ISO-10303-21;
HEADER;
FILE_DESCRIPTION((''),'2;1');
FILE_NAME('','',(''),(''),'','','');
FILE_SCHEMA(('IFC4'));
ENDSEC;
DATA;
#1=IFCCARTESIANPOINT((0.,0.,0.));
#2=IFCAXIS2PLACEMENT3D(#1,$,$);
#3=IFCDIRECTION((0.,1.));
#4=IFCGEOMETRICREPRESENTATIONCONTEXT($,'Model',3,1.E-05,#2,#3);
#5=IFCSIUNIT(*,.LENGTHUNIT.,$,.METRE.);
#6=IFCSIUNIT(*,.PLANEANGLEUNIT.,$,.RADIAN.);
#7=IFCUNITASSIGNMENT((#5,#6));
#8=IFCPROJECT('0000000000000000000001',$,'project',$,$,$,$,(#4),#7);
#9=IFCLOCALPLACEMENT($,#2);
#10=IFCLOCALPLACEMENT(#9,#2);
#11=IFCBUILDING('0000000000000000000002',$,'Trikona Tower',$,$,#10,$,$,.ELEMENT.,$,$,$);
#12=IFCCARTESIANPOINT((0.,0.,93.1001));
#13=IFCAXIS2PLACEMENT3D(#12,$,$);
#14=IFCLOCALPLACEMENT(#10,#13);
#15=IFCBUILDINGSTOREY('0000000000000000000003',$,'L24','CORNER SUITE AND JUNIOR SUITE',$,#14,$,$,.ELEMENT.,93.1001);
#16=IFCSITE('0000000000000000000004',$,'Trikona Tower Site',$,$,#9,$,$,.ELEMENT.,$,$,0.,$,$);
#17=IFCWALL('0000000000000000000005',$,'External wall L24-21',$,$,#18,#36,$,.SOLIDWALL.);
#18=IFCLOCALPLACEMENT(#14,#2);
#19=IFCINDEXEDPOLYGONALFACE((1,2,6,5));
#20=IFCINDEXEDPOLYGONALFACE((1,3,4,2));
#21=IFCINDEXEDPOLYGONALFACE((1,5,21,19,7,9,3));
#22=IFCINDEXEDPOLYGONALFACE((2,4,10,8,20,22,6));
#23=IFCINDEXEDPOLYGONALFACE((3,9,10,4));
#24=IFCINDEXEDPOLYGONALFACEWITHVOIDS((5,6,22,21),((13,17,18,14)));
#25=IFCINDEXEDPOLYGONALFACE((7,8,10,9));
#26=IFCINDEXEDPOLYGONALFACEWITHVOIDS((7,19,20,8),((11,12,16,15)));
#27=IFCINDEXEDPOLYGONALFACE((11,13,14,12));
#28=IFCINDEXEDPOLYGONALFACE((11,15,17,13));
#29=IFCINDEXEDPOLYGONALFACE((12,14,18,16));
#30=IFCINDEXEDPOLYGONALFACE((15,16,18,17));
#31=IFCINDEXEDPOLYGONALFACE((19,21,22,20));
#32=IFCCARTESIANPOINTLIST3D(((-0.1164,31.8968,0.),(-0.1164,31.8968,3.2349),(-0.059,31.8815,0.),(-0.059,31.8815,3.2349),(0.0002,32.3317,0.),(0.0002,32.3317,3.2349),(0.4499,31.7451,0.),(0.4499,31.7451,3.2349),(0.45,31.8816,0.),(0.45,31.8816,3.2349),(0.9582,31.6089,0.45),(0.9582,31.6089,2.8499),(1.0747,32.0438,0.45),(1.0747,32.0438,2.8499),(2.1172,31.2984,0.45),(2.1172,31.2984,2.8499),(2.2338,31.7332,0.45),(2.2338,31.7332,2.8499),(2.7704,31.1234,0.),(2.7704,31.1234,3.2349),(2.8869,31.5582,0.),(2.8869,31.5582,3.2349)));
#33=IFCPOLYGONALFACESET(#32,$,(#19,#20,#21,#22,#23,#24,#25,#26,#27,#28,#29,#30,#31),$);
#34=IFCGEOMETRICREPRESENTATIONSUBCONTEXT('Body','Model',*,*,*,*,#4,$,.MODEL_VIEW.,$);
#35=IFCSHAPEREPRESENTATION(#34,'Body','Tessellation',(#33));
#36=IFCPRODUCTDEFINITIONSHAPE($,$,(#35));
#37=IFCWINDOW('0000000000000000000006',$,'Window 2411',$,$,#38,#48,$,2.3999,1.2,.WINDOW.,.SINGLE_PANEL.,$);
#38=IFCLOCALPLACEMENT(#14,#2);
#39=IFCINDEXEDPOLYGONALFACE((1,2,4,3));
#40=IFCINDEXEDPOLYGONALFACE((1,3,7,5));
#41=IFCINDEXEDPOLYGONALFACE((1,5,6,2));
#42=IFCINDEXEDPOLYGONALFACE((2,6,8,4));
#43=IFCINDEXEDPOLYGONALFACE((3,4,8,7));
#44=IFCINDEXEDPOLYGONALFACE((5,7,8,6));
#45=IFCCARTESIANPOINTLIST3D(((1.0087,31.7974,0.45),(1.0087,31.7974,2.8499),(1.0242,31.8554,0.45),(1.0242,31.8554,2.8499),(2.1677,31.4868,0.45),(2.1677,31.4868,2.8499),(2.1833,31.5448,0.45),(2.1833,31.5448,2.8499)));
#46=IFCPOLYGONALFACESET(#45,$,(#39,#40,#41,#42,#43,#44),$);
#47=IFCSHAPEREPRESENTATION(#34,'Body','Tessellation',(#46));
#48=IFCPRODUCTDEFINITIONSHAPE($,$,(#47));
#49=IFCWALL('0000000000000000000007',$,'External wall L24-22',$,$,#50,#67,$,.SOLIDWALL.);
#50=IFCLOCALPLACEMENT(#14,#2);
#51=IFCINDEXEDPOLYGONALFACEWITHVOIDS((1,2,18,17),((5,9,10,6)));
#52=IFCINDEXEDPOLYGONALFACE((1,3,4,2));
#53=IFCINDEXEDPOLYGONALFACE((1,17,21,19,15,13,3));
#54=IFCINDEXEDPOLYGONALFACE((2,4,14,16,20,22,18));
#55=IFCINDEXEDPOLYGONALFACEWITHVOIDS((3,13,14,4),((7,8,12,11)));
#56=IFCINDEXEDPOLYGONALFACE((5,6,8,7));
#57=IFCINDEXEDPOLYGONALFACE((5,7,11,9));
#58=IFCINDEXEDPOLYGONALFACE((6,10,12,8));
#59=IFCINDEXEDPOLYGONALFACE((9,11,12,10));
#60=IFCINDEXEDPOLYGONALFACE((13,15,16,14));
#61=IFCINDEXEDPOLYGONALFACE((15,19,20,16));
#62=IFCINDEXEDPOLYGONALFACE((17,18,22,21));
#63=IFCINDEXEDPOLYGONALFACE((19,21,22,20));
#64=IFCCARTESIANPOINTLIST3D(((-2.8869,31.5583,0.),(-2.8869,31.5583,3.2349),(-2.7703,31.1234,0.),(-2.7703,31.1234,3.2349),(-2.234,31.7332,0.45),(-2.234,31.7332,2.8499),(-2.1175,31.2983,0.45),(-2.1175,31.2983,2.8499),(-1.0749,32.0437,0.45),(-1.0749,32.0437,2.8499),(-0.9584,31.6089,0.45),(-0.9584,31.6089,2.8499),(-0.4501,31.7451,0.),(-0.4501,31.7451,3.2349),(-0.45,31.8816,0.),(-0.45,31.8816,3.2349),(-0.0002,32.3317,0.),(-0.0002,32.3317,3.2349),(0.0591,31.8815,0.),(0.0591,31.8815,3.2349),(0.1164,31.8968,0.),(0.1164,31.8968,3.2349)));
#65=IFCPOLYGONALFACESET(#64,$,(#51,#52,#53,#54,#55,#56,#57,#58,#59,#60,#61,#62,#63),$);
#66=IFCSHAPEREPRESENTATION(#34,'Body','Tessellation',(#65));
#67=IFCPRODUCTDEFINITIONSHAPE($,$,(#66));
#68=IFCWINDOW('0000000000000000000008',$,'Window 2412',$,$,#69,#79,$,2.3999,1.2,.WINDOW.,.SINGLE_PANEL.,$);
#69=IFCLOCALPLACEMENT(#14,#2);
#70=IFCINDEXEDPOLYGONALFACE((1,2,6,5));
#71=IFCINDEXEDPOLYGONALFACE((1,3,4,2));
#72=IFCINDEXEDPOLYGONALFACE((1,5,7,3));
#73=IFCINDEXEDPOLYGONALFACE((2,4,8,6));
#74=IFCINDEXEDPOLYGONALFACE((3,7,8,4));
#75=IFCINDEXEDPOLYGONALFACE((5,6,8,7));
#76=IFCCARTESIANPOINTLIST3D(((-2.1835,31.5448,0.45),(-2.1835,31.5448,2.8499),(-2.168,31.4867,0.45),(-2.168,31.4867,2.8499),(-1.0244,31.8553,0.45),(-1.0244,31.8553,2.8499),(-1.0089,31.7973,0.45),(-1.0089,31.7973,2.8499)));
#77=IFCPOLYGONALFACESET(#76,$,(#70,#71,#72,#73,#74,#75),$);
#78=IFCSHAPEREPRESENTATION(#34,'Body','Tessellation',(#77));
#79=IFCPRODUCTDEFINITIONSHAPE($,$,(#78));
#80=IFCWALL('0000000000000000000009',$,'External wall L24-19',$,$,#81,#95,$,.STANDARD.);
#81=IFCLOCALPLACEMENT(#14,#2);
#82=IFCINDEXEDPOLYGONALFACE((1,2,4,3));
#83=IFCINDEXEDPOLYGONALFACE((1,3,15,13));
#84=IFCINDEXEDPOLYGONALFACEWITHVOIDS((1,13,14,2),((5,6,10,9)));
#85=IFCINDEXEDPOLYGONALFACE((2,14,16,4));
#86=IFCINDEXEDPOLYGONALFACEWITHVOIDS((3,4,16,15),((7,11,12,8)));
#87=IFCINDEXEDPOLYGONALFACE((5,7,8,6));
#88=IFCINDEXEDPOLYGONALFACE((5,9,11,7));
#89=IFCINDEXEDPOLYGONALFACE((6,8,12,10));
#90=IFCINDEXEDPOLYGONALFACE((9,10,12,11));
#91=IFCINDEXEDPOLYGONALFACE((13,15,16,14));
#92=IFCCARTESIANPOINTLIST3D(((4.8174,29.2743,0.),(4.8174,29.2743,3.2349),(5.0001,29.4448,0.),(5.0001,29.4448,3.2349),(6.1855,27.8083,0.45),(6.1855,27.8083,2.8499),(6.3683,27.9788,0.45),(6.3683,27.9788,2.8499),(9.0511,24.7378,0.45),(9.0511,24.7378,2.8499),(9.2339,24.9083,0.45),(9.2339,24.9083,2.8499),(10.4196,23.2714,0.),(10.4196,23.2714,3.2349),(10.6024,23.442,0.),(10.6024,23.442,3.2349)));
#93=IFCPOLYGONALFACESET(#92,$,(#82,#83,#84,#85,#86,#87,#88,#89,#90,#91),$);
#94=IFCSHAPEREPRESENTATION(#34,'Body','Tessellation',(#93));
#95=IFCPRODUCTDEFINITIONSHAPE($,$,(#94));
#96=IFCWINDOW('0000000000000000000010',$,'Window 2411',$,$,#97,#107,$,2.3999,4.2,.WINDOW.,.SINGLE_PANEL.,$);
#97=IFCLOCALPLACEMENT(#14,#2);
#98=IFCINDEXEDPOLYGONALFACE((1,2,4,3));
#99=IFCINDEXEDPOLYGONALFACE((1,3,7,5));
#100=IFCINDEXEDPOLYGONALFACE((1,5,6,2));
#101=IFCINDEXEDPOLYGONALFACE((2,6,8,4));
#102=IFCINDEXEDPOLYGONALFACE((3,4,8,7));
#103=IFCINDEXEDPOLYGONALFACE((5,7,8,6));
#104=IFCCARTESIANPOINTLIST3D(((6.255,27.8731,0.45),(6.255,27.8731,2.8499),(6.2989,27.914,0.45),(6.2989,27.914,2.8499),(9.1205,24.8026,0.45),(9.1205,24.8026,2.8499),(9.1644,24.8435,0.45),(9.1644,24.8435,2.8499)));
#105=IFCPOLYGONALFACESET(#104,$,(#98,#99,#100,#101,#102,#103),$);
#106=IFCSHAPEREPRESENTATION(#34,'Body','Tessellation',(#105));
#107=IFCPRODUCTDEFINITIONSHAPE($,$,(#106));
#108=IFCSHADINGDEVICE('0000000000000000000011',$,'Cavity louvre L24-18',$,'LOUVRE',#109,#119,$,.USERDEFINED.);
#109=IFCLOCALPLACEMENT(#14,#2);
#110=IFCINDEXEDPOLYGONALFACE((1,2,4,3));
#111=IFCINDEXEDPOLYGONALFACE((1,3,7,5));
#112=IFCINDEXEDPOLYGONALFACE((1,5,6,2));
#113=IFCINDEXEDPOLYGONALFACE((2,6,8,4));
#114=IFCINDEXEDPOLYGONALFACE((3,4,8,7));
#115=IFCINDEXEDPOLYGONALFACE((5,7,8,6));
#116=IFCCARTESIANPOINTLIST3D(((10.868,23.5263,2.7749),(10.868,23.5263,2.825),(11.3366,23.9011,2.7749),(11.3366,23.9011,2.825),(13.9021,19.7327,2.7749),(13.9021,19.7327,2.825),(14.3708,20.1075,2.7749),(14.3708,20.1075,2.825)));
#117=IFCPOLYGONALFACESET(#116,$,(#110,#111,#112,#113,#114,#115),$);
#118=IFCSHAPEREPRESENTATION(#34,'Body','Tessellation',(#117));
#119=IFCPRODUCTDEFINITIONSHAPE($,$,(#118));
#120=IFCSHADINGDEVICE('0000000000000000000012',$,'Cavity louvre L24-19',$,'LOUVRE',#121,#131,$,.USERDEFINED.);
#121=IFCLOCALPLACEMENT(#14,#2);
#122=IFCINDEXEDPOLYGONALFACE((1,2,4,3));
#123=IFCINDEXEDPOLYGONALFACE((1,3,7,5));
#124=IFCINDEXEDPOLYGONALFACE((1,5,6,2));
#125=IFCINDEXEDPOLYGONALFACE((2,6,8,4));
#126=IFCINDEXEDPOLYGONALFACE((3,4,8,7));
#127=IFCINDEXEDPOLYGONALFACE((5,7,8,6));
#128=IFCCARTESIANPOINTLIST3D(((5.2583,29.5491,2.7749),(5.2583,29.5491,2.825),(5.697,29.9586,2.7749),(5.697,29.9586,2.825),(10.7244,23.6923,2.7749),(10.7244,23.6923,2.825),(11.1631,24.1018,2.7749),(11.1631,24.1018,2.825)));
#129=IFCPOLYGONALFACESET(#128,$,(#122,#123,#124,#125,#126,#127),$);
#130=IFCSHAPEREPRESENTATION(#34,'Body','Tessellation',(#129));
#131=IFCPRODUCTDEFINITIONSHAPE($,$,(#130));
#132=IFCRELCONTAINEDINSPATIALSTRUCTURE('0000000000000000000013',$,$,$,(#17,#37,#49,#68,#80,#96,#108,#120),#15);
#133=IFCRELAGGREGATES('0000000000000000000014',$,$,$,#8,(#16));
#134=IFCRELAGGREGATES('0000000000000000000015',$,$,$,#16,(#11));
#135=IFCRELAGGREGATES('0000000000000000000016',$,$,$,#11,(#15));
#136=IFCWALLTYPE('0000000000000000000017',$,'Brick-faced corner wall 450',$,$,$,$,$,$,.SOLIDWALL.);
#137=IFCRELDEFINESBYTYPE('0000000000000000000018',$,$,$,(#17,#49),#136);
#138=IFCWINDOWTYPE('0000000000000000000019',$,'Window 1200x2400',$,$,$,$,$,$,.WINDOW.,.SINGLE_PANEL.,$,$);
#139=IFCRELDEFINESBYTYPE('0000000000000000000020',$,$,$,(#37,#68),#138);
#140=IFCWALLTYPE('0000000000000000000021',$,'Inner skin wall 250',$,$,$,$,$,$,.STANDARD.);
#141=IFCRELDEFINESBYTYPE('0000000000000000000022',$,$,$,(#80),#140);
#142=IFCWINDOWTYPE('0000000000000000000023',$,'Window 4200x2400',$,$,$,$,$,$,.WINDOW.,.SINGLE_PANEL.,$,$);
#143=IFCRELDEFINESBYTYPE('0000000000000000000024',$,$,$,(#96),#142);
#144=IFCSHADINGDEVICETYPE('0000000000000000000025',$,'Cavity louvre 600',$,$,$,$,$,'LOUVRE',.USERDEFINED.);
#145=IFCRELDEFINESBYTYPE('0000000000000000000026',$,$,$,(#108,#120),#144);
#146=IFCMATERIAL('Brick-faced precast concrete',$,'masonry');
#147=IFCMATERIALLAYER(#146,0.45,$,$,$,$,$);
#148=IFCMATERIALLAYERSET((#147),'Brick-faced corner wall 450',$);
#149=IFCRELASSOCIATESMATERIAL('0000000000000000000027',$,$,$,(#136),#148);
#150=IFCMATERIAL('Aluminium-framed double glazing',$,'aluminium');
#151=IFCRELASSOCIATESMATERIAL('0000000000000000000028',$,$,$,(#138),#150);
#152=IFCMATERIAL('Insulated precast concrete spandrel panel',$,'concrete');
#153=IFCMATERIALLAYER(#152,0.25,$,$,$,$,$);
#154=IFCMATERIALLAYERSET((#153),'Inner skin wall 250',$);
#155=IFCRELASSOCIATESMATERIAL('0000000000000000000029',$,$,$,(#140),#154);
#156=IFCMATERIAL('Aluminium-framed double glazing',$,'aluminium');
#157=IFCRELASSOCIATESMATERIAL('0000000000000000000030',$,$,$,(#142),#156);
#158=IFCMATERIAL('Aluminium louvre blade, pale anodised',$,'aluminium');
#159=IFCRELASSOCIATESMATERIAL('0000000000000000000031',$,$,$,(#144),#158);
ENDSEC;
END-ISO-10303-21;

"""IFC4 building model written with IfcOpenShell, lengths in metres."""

from ifc_helpers import new_model, si_unit, direction, frame, frame_2d, origin, origin_2d, place, context, subcontext, project, spatial, polyline, rectangle, outline, extrude, material, layer, layer_set, type_object, element, fill, save


model = new_model("IFC4")

# Units and contexts
model_context = context("Model", 3, precision=1e-05, world=origin(), true_north=direction((0.0, 1.0)))
body_context = subcontext(model_context, "Body", "Model", "MODEL_VIEW")
ifc_project = project(units=[si_unit("LENGTHUNIT", "METRE"), si_unit("PLANEANGLEUNIT", "RADIAN")], contexts=[model_context])

# Site, building, storey
site_placement = place(None, origin())
site = spatial("IfcSite", under=ifc_project, at=site_placement, Name="Trikona Tower Site", CompositionType="ELEMENT", RefElevation=0.0)
building_placement = place(site_placement, origin())
building = spatial("IfcBuilding", under=site, at=building_placement, Name="Trikona Tower", CompositionType="ELEMENT")
storey_placement = place(building_placement, frame((0.0, 0.0, 93.1001)))
storey = spatial("IfcBuildingStorey", under=building, at=storey_placement, Name="L24", Description="CORNER SUITE AND JUNIOR SUITE", CompositionType="ELEMENT", Elevation=93.1001)

# Walls, openings, windows
ifc_material_1 = material(Name="Brick-faced precast concrete", Category="masonry")
ifc_layer_1 = layer(ifc_material_1, 0.45)
ifc_layer_set_1 = layer_set([ifc_layer_1], Name="Brick-faced corner wall 450")
wall_type_1 = type_object("IfcWallType", Name="Brick-faced corner wall 450", PredefinedType="SOLIDWALL", material=ifc_layer_set_1)
wall_1_placement = place(storey_placement, frame((2.8286, 31.3408, 0.0), z_axis=(0.0, 0.0, 1.0), x_axis=(-0.965931, 0.258801, 0.0)))
wall_1 = element("IfcWall", 1, at=wall_1_placement, inside=storey, type_object=wall_type_1, Name="External wall L24-21", PredefinedType="SOLIDWALL", context=body_context, shape_type="SweptSolid", body=[
    extrude(outline(polyline([(2.9885, 0.2251), (2.9292, 0.2251), (2.4375, 0.0933), (2.4023, 0.2251), (0.0, 0.2251), (0.0, -0.2251), (2.9885, -0.2251), (2.9885, 0.2251)])), origin(), (0.0, 0.0, 1.0), 3.2349),
])
opening_1_placement = place(wall_1_placement, frame((0.676, 0.0, 0.45)))
opening_1 = element("IfcOpeningElement", 2, at=opening_1_placement, cuts=wall_1, PredefinedType="OPENING", context=body_context, shape_type="SweptSolid", body=[
    extrude(rectangle(XDim=1.2, YDim=2.3999, at=frame_2d((0.6001, 1.2))), frame((0.0, 0.2349, 0.0), z_axis=(0.0, -1.0, 0.0), x_axis=(1.0, 0.0, 0.0)), (0.0, 0.0, 1.0), 0.47),
])
ifc_material_2 = material(Name="Aluminium-framed double glazing", Category="aluminium")
window_type_1 = type_object("IfcWindowType", Name="Window 1200x2400", PartitioningType="SINGLE_PANEL", PredefinedType="WINDOW", material=ifc_material_2)
window_1_placement = place(opening_1_placement, origin())
window_1 = element("IfcWindow", 3, at=window_1_placement, inside=storey, type_object=window_type_1, Name="Window 2411", OverallHeight=2.3999, OverallWidth=1.2, PartitioningType="SINGLE_PANEL", PredefinedType="WINDOW", context=body_context, shape_type="SweptSolid", body=[
    extrude(rectangle(XDim=1.2, YDim=2.3999, at=frame_2d((0.6001, 1.2))), frame((0.0, 0.03, 0.0), z_axis=(0.0, -1.0, 0.0), x_axis=(1.0, 0.0, 0.0)), (0.0, 0.0, 1.0), 0.0601),
])
fill(opening_1, window_1)
wall_2_placement = place(storey_placement, frame((0.0581, 32.1143, 0.0), z_axis=(0.0, 0.0, 1.0), x_axis=(-0.965931, -0.258801, 0.0)))
wall_2 = element("IfcWall", 4, at=wall_2_placement, inside=storey, type_object=wall_type_1, Name="External wall L24-22", PredefinedType="SOLIDWALL", context=body_context, shape_type="SweptSolid", body=[
    extrude(outline(polyline([(2.9885, 0.2251), (0.5864, 0.2251), (0.551, 0.0933), (0.0593, 0.2251), (0.0, 0.2251), (0.0, -0.2251), (2.9885, -0.2251), (2.9885, 0.2251)])), origin(), (0.0, 0.0, 1.0), 3.2349),
])
opening_2_placement = place(wall_2_placement, frame((1.1125, 0.0, 0.45)))
opening_2 = element("IfcOpeningElement", 5, at=opening_2_placement, cuts=wall_2, PredefinedType="OPENING", context=body_context, shape_type="SweptSolid", body=[
    extrude(rectangle(XDim=1.2, YDim=2.3999, at=frame_2d((0.6001, 1.2))), frame((0.0, 0.2349, 0.0), z_axis=(0.0, -1.0, 0.0), x_axis=(1.0, 0.0, 0.0)), (0.0, 0.0, 1.0), 0.47),
])
window_2_placement = place(opening_2_placement, origin())
window_2 = element("IfcWindow", 6, at=window_2_placement, inside=storey, type_object=window_type_1, Name="Window 2412", OverallHeight=2.3999, OverallWidth=1.2, PartitioningType="SINGLE_PANEL", PredefinedType="WINDOW", context=body_context, shape_type="SweptSolid", body=[
    extrude(rectangle(XDim=1.2, YDim=2.3999, at=frame_2d((0.6001, 1.2))), frame((0.0, 0.03, 0.0), z_axis=(0.0, -1.0, 0.0), x_axis=(1.0, 0.0, 0.0)), (0.0, 0.0, 1.0), 0.0601),
])
fill(opening_2, window_2)
ifc_material_3 = material(Name="Insulated precast concrete spandrel panel", Category="concrete")
ifc_layer_2 = layer(ifc_material_3, 0.25)
ifc_layer_set_2 = layer_set([ifc_layer_2], Name="Inner skin wall 250")
wall_type_2 = type_object("IfcWallType", Name="Inner skin wall 250", PredefinedType="STANDARD", material=ifc_layer_set_2)
wall_3_placement = place(storey_placement, frame((10.511, 23.3567, 0.0), z_axis=(0.0, 0.0, 1.0), x_axis=(-0.68229, 0.731082, 0.0)))
wall_3 = element("IfcWall", 7, at=wall_3_placement, inside=storey, type_object=wall_type_2, Name="External wall L24-19", PredefinedType="STANDARD", context=body_context, shape_type="SweptSolid", body=[
    extrude(rectangle(XDim=8.2109, YDim=0.25, at=frame_2d((4.1055, 0.0))), origin(), (0.0, 0.0, 1.0), 3.2349),
])
opening_3_placement = place(wall_3_placement, frame((2.0056, 0.0, 0.45)))
opening_3 = element("IfcOpeningElement", 8, at=opening_3_placement, cuts=wall_3, PredefinedType="OPENING", context=body_context, shape_type="SweptSolid", body=[
    extrude(rectangle(XDim=4.2, YDim=2.3999, at=frame_2d((2.1001, 1.2))), frame((0.0, 0.135, 0.0), z_axis=(0.0, -1.0, 0.0), x_axis=(1.0, 0.0, 0.0)), (0.0, 0.0, 1.0), 0.27),
])
ifc_material_4 = material(Name="Aluminium-framed double glazing", Category="aluminium")
window_type_2 = type_object("IfcWindowType", Name="Window 4200x2400", PartitioningType="SINGLE_PANEL", PredefinedType="WINDOW", material=ifc_material_4)
window_3_placement = place(opening_3_placement, origin())
window_3 = element("IfcWindow", 9, at=window_3_placement, inside=storey, type_object=window_type_2, Name="Window 2411", OverallHeight=2.3999, OverallWidth=4.2, PartitioningType="SINGLE_PANEL", PredefinedType="WINDOW", context=body_context, shape_type="SweptSolid", body=[
    extrude(rectangle(XDim=4.2, YDim=2.3999, at=frame_2d((2.1001, 1.2))), frame((0.0, 0.03, 0.0), z_axis=(0.0, -1.0, 0.0), x_axis=(1.0, 0.0, 0.0)), (0.0, 0.0, 1.0), 0.0601),
])
fill(opening_3, window_3)

# Shading devices
ifc_material_5 = material(Name="Aluminium louvre blade, pale anodised", Category="aluminium")
shading_device_type = type_object("IfcShadingDeviceType", Name="Cavity louvre 600", ElementType="LOUVRE", PredefinedType="USERDEFINED", material=ifc_material_5)
shading_device_1_placement = place(storey_placement, frame((12.6194, 21.8169, 2.7749), z_axis=(0.0, 0.0, 1.0), x_axis=(-0.624604, 0.780942, 0.0)))
element("IfcShadingDevice", 10, at=shading_device_1_placement, inside=storey, type_object=shading_device_type, Name="Cavity louvre L24-18", ObjectType="LOUVRE", PredefinedType="USERDEFINED", context=body_context, shape_type="SweptSolid", body=[
    extrude(rectangle(XDim=4.8577, YDim=0.6001, at=origin_2d()), origin(), (0.0, 0.0, 1.0), 0.05),
])
shading_device_2_placement = place(storey_placement, frame((8.2107, 26.8254, 2.7749), z_axis=(0.0, 0.0, 1.0), x_axis=(-0.682298, 0.731074, 0.0)))
element("IfcShadingDevice", 11, at=shading_device_2_placement, inside=storey, type_object=shading_device_type, Name="Cavity louvre L24-19", ObjectType="LOUVRE", PredefinedType="USERDEFINED", context=body_context, shape_type="SweptSolid", body=[
    extrude(rectangle(XDim=8.0112, YDim=0.6001, at=origin_2d()), origin(), (0.0, 0.0, 1.0), 0.05),
])

save(model, "model.ifc")
